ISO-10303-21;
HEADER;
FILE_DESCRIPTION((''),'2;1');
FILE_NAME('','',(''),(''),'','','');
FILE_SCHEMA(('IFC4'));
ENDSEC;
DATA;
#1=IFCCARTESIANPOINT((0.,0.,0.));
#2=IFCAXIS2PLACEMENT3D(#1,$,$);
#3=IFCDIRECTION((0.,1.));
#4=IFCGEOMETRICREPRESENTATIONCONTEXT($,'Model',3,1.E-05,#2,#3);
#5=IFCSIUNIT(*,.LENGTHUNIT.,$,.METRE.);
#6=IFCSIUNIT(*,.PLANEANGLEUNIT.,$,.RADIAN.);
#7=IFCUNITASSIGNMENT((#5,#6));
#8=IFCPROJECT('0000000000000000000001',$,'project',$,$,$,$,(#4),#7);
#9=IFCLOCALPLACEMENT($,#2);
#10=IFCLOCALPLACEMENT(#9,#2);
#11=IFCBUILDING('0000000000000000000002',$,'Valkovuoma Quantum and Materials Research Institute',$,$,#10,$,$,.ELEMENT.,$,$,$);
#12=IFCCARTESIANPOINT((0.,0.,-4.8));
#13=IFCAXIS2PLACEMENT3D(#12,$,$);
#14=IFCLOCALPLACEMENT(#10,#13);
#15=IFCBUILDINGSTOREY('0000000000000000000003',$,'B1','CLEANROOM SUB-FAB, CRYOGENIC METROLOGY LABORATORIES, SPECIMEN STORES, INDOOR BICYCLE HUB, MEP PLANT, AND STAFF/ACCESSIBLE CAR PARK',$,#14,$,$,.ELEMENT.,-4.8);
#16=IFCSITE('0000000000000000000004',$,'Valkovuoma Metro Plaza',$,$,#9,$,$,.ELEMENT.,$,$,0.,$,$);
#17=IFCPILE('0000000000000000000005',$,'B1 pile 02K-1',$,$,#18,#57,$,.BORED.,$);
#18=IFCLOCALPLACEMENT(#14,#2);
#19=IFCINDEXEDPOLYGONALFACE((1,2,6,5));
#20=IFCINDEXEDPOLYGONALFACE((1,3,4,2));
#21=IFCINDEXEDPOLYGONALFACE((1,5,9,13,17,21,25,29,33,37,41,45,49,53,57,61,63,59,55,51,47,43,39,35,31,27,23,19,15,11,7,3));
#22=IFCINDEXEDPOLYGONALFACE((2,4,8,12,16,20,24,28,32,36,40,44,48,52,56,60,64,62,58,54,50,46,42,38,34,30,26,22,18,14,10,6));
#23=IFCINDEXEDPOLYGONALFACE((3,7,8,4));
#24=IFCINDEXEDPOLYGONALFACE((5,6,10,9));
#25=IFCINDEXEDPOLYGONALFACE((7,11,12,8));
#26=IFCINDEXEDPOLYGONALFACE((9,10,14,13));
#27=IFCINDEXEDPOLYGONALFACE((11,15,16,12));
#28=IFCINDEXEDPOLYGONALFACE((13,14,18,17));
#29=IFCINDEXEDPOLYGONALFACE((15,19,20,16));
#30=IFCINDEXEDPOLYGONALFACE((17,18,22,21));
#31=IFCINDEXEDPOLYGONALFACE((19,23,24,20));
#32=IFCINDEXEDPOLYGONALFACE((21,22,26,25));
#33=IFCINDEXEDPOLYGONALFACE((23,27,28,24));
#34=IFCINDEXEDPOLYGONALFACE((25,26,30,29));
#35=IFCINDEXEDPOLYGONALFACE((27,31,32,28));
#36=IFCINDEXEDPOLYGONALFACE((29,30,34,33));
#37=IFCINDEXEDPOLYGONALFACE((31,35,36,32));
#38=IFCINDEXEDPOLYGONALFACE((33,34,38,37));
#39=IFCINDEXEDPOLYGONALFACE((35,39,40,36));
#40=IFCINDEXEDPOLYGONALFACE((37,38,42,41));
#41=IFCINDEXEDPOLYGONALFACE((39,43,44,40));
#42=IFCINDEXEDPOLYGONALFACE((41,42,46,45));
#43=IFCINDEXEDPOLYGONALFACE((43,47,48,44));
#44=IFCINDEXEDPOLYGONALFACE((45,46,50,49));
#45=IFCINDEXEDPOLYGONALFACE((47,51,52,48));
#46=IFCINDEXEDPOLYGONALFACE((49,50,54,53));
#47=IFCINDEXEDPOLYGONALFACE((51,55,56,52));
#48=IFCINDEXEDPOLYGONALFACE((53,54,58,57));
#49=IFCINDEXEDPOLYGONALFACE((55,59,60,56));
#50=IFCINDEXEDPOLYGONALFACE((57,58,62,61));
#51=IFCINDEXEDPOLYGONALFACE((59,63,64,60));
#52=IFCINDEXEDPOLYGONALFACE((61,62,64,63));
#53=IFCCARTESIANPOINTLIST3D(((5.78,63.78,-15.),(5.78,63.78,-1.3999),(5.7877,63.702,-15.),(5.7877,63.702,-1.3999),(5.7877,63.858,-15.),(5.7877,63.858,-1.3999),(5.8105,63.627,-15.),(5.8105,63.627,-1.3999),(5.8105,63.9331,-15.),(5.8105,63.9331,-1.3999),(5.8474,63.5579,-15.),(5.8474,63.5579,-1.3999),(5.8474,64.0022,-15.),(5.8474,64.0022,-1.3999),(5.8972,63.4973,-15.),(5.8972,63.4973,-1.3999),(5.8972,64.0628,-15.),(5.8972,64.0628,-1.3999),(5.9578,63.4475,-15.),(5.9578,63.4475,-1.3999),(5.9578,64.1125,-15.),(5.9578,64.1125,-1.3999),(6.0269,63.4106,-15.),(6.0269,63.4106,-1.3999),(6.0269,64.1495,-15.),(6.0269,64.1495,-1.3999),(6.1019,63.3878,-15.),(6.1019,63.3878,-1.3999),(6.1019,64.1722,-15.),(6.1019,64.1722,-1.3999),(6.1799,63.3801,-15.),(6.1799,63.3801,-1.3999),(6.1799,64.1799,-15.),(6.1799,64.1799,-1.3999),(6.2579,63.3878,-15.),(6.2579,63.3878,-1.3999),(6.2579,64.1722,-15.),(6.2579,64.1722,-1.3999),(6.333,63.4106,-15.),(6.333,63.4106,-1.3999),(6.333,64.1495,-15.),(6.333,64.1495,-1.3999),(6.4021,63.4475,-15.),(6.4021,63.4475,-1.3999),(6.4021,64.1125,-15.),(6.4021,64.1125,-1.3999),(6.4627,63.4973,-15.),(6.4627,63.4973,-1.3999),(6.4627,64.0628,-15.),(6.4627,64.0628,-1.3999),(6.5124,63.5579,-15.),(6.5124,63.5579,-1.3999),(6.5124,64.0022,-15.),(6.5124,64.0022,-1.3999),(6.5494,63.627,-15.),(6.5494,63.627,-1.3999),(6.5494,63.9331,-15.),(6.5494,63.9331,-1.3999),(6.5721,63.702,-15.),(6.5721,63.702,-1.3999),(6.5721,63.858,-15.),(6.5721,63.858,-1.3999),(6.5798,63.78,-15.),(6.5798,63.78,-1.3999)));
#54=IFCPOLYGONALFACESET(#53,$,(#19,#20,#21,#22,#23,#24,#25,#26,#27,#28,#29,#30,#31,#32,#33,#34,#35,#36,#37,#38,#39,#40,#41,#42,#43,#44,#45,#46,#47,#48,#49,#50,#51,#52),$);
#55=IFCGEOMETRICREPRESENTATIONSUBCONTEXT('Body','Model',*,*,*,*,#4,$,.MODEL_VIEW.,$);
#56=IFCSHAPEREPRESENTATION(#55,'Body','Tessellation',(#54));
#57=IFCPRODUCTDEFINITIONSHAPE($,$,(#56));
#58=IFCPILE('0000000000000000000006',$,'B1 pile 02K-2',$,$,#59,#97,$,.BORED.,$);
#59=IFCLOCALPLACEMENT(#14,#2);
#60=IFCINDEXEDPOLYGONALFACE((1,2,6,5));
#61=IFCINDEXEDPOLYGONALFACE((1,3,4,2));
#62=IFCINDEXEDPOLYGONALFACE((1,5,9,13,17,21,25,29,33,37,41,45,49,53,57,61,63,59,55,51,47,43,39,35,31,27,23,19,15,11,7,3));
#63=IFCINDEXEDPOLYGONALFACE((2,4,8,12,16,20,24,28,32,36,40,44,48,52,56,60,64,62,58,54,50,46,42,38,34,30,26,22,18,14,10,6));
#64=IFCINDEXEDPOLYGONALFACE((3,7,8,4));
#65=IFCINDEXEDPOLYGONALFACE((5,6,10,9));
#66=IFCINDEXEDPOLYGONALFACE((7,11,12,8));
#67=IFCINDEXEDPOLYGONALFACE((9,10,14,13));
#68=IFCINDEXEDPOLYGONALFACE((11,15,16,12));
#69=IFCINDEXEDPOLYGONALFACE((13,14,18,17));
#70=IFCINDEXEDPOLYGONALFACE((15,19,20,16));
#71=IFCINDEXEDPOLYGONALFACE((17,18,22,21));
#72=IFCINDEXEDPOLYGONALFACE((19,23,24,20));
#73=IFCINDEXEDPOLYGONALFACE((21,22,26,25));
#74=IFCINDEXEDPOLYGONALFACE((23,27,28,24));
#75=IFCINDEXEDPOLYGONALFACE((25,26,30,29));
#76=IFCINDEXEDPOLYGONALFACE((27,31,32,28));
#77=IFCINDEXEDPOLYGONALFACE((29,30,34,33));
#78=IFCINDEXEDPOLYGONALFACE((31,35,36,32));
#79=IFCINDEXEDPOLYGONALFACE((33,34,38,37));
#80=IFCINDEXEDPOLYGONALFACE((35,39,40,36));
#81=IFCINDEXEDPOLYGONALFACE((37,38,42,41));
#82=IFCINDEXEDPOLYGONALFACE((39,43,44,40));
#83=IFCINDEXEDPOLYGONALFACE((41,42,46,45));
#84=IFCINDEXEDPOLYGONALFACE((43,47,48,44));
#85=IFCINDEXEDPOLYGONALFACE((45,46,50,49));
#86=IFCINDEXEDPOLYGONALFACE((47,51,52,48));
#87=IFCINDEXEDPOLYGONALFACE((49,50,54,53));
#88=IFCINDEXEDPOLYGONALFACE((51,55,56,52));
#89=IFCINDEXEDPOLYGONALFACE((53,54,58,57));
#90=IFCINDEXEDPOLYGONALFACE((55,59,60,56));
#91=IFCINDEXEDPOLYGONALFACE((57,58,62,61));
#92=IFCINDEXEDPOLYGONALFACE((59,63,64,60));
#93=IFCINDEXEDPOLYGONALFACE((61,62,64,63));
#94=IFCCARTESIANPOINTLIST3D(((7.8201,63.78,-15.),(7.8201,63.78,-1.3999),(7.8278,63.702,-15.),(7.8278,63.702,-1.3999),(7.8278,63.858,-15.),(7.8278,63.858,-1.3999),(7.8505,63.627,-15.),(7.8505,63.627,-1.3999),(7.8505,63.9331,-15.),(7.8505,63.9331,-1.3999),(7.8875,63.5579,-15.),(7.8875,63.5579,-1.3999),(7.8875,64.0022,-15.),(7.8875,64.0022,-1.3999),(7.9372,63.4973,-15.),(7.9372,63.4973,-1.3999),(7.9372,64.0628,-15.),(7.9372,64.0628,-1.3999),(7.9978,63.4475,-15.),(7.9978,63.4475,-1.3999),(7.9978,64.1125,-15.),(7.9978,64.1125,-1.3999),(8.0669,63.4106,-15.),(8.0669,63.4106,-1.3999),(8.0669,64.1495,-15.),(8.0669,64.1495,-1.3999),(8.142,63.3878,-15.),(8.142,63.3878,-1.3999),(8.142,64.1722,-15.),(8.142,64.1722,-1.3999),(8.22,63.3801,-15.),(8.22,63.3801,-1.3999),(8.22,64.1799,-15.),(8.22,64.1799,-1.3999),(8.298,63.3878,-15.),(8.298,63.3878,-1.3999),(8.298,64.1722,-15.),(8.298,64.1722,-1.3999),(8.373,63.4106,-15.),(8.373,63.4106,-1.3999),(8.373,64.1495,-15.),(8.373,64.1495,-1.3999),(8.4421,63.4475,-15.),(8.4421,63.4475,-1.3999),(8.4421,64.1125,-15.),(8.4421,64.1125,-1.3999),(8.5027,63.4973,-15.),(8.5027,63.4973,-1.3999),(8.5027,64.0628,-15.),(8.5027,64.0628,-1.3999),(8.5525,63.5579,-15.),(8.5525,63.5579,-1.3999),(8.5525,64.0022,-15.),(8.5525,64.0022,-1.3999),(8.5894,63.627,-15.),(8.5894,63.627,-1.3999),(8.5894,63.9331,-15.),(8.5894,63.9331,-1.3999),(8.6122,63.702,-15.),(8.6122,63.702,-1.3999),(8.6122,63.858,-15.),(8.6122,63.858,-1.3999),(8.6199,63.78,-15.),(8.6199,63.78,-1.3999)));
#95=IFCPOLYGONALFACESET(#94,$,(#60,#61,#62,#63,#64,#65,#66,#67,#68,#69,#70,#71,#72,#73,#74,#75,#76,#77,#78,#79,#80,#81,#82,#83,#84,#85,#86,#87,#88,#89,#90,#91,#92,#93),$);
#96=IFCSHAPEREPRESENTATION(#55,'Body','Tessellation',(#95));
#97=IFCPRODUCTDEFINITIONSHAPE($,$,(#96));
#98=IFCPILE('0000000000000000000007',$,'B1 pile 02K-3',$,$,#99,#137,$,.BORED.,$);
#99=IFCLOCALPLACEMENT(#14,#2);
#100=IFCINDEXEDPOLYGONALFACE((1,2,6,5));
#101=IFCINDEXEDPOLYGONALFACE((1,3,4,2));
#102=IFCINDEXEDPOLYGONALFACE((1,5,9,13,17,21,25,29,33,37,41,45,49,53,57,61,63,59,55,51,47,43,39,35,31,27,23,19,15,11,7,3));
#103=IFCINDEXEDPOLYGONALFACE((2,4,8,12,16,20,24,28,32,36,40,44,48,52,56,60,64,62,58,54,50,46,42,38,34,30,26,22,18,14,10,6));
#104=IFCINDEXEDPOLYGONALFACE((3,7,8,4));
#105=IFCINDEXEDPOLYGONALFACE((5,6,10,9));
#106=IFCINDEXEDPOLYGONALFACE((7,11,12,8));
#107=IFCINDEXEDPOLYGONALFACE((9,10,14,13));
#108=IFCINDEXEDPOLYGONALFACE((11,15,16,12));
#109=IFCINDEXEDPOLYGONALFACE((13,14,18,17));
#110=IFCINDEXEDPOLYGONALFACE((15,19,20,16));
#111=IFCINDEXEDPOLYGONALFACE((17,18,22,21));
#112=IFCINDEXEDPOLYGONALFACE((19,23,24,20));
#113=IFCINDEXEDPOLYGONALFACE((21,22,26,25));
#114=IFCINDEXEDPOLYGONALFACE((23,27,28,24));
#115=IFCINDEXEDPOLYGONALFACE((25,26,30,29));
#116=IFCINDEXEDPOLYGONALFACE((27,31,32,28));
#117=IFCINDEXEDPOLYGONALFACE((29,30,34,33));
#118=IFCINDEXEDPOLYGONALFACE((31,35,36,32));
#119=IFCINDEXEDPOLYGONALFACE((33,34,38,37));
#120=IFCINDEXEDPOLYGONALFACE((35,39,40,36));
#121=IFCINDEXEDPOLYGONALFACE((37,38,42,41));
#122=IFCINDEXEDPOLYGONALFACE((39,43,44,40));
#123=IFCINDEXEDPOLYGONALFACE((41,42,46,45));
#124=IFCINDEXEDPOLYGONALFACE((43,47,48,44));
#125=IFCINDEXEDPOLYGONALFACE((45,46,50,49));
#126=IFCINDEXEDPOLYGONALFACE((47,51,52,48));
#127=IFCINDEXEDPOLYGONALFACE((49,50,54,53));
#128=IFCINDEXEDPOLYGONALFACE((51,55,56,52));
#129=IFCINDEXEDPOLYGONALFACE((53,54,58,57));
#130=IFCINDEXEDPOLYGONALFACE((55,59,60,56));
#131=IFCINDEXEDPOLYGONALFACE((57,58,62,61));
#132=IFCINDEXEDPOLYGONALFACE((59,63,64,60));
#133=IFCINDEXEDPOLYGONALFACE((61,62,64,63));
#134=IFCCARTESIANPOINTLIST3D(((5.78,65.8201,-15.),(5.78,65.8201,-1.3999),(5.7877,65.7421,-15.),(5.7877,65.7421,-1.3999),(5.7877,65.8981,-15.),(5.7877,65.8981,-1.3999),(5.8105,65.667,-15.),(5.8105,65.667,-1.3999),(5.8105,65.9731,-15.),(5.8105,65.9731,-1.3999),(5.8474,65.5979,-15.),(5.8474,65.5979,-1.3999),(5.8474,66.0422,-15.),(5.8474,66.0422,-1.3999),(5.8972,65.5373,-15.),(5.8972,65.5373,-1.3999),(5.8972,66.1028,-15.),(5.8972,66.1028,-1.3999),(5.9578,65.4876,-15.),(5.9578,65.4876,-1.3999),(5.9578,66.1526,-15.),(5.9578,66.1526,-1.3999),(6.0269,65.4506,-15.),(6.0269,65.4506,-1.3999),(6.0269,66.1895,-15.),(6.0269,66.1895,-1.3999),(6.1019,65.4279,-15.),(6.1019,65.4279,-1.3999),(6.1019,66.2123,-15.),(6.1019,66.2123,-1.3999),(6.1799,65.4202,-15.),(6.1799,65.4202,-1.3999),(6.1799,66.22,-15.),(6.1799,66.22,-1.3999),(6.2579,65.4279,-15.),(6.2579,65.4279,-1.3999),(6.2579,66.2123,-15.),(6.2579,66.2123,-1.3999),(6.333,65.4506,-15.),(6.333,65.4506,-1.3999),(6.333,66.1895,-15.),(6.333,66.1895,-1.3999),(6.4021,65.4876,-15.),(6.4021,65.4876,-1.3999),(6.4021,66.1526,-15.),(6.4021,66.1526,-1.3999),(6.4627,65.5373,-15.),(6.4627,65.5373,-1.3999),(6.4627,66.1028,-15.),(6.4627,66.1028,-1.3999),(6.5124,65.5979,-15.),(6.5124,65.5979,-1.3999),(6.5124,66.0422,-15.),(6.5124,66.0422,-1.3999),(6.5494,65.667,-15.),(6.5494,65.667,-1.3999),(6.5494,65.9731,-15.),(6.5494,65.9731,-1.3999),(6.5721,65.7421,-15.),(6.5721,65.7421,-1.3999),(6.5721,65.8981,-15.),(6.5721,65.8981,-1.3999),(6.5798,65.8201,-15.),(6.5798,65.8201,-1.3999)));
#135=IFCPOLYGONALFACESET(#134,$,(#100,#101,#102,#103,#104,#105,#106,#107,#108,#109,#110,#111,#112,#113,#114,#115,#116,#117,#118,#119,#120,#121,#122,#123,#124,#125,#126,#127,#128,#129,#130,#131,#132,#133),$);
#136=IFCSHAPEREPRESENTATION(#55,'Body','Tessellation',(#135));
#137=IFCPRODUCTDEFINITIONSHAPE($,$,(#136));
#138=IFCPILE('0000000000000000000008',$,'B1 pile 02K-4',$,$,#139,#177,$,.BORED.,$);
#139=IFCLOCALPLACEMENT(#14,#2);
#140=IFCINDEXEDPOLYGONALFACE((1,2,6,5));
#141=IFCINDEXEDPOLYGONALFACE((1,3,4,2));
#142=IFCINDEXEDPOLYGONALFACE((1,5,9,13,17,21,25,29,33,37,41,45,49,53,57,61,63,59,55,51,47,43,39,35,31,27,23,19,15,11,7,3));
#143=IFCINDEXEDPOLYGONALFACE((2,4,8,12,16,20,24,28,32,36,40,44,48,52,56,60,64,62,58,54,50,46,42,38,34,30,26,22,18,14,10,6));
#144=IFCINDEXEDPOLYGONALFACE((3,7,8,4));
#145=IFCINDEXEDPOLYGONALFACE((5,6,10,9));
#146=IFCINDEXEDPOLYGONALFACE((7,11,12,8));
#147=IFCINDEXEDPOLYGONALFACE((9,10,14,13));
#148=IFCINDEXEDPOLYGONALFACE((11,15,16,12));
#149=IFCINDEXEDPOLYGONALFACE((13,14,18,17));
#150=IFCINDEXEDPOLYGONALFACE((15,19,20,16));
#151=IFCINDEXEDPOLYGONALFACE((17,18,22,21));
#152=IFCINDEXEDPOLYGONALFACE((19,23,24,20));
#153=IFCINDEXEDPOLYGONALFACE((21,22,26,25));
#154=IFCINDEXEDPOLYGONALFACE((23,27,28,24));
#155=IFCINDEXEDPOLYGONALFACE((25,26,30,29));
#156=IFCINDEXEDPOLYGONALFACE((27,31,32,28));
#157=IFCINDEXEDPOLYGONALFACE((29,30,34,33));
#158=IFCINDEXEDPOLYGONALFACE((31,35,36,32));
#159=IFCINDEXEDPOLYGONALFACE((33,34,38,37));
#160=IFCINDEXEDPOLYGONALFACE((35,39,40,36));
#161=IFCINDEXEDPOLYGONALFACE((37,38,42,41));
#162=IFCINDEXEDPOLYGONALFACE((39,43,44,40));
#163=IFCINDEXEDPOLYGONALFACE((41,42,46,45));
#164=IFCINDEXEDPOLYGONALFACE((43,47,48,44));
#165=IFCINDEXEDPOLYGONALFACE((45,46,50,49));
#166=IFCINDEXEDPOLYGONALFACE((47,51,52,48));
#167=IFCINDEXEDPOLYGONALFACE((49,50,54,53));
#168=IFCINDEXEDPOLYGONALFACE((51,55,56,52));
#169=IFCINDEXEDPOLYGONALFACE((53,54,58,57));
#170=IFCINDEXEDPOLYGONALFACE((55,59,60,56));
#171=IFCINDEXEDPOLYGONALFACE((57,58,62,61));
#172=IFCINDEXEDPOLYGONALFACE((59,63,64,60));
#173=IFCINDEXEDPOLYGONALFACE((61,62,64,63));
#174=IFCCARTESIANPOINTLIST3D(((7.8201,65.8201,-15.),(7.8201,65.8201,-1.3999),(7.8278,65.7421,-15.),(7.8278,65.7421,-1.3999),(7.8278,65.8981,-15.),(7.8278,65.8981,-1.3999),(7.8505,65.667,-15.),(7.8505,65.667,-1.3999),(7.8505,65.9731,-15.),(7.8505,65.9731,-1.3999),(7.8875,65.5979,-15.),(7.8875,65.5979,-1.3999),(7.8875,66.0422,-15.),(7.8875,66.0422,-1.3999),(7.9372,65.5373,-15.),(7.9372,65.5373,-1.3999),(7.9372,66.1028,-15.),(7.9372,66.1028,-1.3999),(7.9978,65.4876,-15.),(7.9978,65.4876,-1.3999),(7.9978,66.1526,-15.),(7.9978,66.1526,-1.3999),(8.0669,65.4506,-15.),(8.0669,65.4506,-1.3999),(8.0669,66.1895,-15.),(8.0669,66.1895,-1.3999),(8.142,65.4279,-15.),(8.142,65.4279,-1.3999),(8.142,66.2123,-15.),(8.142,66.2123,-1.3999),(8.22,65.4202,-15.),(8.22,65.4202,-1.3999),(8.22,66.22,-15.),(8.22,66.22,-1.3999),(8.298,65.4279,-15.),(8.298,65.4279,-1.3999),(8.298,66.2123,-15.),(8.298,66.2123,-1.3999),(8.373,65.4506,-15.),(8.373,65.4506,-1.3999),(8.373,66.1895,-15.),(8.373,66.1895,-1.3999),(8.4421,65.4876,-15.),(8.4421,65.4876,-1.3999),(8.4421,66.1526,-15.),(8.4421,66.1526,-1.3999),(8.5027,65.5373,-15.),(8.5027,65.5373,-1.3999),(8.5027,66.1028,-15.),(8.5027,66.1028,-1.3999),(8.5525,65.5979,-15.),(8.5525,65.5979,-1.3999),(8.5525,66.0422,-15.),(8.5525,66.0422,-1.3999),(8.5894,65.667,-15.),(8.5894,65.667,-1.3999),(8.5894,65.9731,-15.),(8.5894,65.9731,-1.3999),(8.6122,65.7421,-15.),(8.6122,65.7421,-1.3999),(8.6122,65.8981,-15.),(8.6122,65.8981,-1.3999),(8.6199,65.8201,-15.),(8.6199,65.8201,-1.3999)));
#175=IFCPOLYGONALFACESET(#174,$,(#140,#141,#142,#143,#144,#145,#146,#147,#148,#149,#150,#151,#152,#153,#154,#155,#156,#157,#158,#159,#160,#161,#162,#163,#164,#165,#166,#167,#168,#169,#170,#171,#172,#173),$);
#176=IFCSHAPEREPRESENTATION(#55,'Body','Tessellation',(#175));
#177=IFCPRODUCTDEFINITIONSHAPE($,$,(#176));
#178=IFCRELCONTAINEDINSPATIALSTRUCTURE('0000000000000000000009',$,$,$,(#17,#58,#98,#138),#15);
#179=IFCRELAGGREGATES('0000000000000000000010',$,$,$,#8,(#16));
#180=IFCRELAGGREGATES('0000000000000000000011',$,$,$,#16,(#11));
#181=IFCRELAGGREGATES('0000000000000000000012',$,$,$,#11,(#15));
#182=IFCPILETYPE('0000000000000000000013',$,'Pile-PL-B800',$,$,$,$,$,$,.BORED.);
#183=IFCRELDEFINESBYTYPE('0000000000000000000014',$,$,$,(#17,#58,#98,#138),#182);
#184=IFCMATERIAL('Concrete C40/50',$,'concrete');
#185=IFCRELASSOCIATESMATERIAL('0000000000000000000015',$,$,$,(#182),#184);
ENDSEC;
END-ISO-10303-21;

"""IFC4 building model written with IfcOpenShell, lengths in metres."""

from ifc_helpers import new_model, si_unit, direction, frame, origin, origin_2d, place, context, subcontext, project, spatial, circle, extrude, material, material_profile, profile_set, type_object, element, save


model = new_model("IFC4")

# Units and contexts
model_context = context("Model", 3, precision=1e-05, world=origin(), true_north=direction((0.0, 1.0)))
body_context = subcontext(model_context, "Body", "Model", "MODEL_VIEW")
ifc_project = project(units=[si_unit("LENGTHUNIT", "METRE"), si_unit("PLANEANGLEUNIT", "RADIAN")], contexts=[model_context])

# Site, building, storey
site_placement = place(None, origin())
site = spatial("IfcSite", under=ifc_project, at=site_placement, Name="Valkovuoma Metro Plaza", CompositionType="ELEMENT", RefElevation=0.0)
building_placement = place(site_placement, origin())
building = spatial("IfcBuilding", under=site, at=building_placement, Name="Valkovuoma Quantum and Materials Research Institute", CompositionType="ELEMENT")
storey_placement = place(building_placement, frame((0.0, 0.0, -4.8)))
storey = spatial("IfcBuildingStorey", under=building, at=storey_placement, Name="B1", Description="CLEANROOM SUB-FAB, CRYOGENIC METROLOGY LABORATORIES, SPECIMEN STORES, INDOOR BICYCLE HUB, MEP PLANT, AND STAFF/ACCESSIBLE CAR PARK", CompositionType="ELEMENT", Elevation=-4.8)

# Piles
ifc_material_1 = material(Name="Concrete C40/50", Category="concrete")
ifc_material_profile_1 = material_profile(ifc_material_1, circle(Radius=0.3999, at=origin_2d()), Name="Concrete C40/50")
ifc_profile_set_1 = profile_set([ifc_material_profile_1], Name="Concrete C40/50")
pile_type_1 = type_object("IfcPileType", Name="Pile-PL-B800", PredefinedType="BORED", material=ifc_profile_set_1)
for number, where, z_axis, x_axis, name in (
    (1, (6.1799, 63.78, -1.3999), (0.0, 0.0, -1.0), (1.0, 0.0, 0.0), "B1 pile 02K-1"),
    (2, (8.22, 63.78, -1.3999), (0.0, 0.0, -1.0), (1.0, 0.0, 0.0), "B1 pile 02K-2"),
    (3, (6.1799, 65.8201, -1.3999), (0.0, 0.0, -1.0), (1.0, 0.0, 0.0), "B1 pile 02K-3"),
    (4, (8.22, 65.8201, -1.3999), (0.0, 0.0, -1.0), (1.0, 0.0, 0.0), "B1 pile 02K-4"),
):
    element("IfcPile", number, at=place(storey_placement, frame(where, z_axis=z_axis, x_axis=x_axis)), inside=storey, type_object=pile_type_1, Name=name, PredefinedType="BORED", context=body_context, shape_type="SweptSolid", body=[
        extrude(circle(Radius=0.3999, at=origin_2d()), origin(), (0.0, 0.0, 1.0), 13.6001),
    ])

save(model, "model.ifc")
